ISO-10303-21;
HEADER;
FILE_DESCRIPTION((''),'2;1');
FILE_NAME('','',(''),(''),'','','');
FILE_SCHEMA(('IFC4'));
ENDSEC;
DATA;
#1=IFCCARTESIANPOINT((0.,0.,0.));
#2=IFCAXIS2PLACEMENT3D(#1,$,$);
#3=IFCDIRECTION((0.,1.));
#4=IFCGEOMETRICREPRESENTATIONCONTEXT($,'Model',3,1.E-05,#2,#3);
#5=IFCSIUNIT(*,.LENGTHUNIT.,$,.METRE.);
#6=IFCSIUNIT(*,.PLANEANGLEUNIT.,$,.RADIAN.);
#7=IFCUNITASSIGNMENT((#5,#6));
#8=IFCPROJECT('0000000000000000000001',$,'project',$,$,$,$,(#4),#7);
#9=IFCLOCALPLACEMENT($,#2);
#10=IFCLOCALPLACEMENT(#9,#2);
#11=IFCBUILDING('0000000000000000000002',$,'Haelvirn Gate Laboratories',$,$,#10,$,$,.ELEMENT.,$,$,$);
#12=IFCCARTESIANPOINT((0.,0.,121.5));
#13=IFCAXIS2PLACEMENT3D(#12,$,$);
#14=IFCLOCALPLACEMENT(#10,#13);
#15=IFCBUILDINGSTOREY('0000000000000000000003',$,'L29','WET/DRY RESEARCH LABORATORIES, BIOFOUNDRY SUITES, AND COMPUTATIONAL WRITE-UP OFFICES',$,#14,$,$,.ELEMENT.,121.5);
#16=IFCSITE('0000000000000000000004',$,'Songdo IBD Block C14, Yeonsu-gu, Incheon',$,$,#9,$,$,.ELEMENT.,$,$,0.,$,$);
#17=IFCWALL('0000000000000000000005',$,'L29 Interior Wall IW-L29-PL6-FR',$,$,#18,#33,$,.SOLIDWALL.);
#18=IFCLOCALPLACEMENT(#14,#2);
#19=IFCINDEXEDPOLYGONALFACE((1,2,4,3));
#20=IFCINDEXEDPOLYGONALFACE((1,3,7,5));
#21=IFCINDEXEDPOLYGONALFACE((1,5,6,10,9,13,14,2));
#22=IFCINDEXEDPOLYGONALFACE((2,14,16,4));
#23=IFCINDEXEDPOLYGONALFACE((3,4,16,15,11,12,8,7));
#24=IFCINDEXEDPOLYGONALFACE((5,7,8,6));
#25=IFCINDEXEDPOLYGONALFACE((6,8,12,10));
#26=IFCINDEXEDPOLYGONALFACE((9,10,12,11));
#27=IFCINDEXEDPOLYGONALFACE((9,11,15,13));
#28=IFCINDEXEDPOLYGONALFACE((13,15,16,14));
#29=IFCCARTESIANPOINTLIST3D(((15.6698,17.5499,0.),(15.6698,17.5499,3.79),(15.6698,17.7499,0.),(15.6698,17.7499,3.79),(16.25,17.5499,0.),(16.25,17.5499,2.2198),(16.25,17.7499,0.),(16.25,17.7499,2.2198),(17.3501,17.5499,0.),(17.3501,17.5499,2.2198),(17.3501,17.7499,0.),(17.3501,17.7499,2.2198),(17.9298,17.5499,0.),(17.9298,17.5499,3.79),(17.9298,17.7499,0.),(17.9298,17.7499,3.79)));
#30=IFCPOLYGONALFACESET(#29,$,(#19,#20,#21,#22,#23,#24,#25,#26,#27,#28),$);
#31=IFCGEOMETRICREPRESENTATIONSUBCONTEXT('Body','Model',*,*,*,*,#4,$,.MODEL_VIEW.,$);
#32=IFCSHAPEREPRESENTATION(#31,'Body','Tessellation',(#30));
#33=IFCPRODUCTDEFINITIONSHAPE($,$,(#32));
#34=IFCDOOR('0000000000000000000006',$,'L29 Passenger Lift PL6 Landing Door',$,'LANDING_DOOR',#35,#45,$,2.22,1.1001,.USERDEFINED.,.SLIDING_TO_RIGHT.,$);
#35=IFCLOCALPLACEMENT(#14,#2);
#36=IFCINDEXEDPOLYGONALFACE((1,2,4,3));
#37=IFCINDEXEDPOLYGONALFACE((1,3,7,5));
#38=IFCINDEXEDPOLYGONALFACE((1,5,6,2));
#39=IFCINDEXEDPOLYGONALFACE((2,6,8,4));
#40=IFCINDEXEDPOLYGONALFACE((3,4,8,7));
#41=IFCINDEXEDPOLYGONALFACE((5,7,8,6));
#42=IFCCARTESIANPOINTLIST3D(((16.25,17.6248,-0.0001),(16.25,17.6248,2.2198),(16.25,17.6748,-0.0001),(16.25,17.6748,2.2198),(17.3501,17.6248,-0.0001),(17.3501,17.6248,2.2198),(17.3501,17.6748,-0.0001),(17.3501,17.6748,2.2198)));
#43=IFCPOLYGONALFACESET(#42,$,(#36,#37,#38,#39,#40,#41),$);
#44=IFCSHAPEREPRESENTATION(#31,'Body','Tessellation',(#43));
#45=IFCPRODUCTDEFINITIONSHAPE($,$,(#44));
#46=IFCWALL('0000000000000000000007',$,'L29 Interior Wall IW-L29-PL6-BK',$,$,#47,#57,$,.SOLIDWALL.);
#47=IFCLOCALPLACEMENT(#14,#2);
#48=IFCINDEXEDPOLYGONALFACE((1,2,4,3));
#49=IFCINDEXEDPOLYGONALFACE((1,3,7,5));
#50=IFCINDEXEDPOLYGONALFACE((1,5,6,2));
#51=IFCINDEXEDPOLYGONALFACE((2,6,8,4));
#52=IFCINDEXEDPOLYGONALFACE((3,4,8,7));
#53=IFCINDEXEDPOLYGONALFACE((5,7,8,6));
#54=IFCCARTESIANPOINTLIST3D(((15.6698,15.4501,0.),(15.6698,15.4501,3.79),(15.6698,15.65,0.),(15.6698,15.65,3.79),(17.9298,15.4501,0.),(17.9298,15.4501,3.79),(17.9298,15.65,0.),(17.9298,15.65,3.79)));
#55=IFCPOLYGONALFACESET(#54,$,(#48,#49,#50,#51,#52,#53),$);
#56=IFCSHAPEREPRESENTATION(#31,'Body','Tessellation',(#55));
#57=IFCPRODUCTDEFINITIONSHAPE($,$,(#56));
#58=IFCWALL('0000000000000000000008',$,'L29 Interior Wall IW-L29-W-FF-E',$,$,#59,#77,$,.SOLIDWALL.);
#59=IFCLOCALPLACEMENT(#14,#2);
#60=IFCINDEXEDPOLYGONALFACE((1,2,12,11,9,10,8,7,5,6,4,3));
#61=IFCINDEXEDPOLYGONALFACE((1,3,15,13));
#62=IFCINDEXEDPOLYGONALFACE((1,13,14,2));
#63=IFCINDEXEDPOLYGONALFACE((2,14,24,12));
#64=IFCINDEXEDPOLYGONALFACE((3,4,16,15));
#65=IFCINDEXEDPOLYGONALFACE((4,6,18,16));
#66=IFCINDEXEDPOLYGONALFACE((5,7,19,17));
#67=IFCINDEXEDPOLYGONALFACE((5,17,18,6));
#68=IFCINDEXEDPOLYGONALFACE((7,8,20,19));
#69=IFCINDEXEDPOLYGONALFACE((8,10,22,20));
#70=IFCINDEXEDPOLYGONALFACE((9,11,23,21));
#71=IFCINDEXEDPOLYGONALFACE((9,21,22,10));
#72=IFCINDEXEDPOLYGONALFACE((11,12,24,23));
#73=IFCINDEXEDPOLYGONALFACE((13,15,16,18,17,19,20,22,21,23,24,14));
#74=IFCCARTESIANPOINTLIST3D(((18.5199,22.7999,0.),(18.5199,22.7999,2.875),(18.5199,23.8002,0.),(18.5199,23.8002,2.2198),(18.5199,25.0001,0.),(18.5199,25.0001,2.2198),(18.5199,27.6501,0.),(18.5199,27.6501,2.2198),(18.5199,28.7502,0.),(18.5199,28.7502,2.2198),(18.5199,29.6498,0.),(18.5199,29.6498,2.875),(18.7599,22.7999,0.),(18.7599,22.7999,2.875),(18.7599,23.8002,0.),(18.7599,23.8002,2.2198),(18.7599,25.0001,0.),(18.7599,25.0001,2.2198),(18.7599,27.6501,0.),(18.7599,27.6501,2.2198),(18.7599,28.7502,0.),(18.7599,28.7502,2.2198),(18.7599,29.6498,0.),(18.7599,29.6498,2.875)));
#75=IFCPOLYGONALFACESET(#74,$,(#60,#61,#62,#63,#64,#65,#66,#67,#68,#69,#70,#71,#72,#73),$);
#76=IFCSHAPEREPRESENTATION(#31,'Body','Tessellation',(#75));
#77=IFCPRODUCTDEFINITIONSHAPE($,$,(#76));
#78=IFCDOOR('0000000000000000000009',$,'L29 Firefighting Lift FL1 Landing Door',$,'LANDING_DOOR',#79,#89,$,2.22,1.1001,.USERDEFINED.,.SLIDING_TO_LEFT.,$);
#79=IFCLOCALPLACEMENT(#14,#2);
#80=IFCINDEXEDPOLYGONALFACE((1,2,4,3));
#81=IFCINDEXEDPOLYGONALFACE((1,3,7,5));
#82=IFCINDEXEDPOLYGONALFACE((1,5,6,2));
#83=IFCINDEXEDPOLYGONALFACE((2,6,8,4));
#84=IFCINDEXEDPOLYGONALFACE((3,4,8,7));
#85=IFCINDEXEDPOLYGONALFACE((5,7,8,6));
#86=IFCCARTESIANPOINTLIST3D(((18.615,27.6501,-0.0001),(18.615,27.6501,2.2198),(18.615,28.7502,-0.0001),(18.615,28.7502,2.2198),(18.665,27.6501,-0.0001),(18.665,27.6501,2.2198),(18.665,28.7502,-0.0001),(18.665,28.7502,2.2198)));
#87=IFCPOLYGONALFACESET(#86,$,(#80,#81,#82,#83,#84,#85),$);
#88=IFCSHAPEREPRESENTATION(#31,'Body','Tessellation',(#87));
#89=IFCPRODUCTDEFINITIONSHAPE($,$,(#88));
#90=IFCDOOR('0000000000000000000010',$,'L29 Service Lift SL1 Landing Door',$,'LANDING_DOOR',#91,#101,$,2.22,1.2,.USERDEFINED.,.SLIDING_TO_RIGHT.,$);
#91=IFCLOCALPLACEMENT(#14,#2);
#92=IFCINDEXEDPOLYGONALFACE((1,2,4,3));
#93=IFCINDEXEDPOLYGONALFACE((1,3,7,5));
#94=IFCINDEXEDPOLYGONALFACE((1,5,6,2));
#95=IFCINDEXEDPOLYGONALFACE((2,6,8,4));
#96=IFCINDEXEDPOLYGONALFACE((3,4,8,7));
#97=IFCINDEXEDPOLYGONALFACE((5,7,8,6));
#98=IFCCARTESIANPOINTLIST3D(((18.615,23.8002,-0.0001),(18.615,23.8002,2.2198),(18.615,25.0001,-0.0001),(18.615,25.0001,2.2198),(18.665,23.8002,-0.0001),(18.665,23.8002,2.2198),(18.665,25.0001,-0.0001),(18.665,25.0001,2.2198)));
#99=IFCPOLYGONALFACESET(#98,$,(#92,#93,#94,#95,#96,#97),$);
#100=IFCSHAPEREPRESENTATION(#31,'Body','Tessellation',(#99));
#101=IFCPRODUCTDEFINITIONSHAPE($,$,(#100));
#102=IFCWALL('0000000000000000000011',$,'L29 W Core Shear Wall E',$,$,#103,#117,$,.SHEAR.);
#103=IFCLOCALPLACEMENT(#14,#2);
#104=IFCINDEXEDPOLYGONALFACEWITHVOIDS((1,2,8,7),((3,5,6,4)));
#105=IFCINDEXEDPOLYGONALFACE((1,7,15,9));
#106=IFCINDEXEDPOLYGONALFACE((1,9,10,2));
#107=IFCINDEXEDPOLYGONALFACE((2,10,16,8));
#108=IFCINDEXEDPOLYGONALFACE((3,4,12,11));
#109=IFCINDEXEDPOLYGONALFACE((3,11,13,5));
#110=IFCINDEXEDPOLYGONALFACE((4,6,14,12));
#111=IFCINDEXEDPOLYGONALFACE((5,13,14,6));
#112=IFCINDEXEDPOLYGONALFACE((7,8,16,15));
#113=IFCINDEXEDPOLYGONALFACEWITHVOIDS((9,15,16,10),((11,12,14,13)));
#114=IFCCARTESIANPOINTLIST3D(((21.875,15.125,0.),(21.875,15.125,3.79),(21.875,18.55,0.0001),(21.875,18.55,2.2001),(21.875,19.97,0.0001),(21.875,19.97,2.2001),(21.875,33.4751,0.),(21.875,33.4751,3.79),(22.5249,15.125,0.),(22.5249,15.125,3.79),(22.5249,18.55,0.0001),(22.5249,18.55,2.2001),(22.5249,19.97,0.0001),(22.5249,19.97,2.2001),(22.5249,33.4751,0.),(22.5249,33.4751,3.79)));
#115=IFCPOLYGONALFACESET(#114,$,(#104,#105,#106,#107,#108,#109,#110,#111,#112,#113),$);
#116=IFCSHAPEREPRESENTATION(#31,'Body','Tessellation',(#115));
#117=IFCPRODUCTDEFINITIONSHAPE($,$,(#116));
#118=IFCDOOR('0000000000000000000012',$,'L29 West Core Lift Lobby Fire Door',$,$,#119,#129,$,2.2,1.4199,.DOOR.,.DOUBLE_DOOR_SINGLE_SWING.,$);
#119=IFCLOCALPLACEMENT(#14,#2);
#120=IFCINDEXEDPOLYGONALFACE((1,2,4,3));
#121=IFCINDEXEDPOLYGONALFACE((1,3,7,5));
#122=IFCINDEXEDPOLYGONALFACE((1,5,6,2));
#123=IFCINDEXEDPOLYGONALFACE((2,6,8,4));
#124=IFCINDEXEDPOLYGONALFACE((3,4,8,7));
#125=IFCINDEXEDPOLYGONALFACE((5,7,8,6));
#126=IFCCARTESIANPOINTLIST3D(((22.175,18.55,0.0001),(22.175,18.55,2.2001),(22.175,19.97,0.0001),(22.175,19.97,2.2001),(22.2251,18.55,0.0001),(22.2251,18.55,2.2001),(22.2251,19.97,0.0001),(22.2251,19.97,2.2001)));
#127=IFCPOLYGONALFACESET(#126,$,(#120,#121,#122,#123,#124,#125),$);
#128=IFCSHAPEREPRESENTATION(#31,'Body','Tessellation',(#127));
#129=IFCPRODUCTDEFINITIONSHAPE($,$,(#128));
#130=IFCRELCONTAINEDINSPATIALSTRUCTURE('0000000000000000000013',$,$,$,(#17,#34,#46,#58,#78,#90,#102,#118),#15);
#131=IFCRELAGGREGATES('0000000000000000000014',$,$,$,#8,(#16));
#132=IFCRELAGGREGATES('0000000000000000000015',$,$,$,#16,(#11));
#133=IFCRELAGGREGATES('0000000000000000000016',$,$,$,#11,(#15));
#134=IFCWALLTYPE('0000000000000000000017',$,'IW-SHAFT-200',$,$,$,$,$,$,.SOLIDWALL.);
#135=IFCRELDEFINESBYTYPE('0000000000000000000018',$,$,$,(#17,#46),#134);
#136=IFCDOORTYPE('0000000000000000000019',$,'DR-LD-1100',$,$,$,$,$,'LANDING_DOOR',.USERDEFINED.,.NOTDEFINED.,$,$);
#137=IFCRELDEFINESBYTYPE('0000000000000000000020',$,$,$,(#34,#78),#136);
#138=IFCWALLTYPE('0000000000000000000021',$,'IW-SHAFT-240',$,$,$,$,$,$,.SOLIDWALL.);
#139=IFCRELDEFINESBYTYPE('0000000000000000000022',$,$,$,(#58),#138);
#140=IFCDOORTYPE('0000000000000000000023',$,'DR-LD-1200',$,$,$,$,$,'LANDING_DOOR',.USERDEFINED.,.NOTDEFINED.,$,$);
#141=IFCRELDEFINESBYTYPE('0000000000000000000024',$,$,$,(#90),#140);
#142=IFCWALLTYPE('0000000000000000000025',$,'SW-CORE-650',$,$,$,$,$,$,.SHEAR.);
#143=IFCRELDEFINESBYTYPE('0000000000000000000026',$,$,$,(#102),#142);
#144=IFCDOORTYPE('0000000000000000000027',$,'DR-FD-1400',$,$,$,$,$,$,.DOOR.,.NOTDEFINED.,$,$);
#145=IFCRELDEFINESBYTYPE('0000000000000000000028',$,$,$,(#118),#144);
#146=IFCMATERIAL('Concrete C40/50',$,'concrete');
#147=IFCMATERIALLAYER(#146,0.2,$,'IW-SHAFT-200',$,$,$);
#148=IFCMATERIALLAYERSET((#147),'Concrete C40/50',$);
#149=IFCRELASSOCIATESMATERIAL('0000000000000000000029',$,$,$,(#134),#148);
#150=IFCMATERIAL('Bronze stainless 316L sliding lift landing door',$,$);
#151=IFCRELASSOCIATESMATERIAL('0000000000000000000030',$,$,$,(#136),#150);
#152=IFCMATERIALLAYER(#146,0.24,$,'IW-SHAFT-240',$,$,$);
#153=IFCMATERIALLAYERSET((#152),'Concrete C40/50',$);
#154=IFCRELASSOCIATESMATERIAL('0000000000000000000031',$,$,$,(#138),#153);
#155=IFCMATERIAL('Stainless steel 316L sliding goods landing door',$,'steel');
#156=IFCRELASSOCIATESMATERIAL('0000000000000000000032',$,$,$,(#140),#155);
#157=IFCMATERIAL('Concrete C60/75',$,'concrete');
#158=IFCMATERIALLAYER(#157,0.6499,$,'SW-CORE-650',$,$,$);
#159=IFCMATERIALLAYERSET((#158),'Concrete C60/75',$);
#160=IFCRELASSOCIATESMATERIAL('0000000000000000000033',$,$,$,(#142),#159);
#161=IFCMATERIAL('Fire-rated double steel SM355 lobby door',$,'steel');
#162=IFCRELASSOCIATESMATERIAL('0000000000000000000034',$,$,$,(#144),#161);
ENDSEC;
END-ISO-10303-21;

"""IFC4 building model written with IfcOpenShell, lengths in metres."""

from ifc_helpers import new_model, si_unit, direction, frame, frame_2d, origin, place, context, subcontext, project, spatial, rectangle, extrude, source, transform, mapped, material, layer, layer_set, type_object, type_shapes, element, fill, save


model = new_model("IFC4")

# Units and contexts
model_context = context("Model", 3, precision=1e-05, world=origin(), true_north=direction((0.0, 1.0)))
body_context = subcontext(model_context, "Body", "Model", "MODEL_VIEW")
ifc_project = project(units=[si_unit("LENGTHUNIT", "METRE"), si_unit("PLANEANGLEUNIT", "RADIAN")], contexts=[model_context])

# Site, building, storey
site_placement = place(None, origin())
site = spatial("IfcSite", under=ifc_project, at=site_placement, Name="Songdo IBD Block C14, Yeonsu-gu, Incheon", CompositionType="ELEMENT", RefElevation=0.0)
building_placement = place(site_placement, origin())
building = spatial("IfcBuilding", under=site, at=building_placement, Name="Haelvirn Gate Laboratories", CompositionType="ELEMENT")
storey_placement = place(building_placement, frame((0.0, 0.0, 121.5)))
storey = spatial("IfcBuildingStorey", under=building, at=storey_placement, Name="L29", Description="WET/DRY RESEARCH LABORATORIES, BIOFOUNDRY SUITES, AND COMPUTATIONAL WRITE-UP OFFICES", CompositionType="ELEMENT", Elevation=121.5)

# Shared definitions
ifc_material_1 = material(Name="Concrete C60/75", Category="concrete")

# Shared definitions
ifc_material_2 = material(Name="Concrete C40/50", Category="concrete")

# Wall, opening, door
ifc_layer_1 = layer(ifc_material_2, 0.2, Name="IW-SHAFT-200")
ifc_layer_set_1 = layer_set([ifc_layer_1], Name="Concrete C40/50")
wall_type_1 = type_object("IfcWallType", Name="IW-SHAFT-200", PredefinedType="SOLIDWALL", material=ifc_layer_set_1)
wall_1_placement = place(storey_placement, frame((15.6699, 17.6499, 0.0), z_axis=(0.0, 0.0, 1.0), x_axis=(1.0, 0.0, 0.0)))
wall_1 = element("IfcWall", 1, at=wall_1_placement, inside=storey, type_object=wall_type_1, Name="L29 Interior Wall IW-L29-PL6-FR", PredefinedType="SOLIDWALL", context=body_context, shape_type="SweptSolid", body=[
    extrude(rectangle(XDim=2.26, YDim=0.2, at=frame_2d((1.1299, 0.0))), origin(), (0.0, 0.0, 1.0), 3.79),
])
opening_1_placement = place(wall_1_placement, frame((0.5801, 0.0, 0.0)))
opening_1 = element("IfcOpeningElement", 2, at=opening_1_placement, cuts=wall_1, PredefinedType="OPENING", context=body_context, shape_type="SweptSolid", body=[
    extrude(rectangle(XDim=1.1001, YDim=2.22, at=frame_2d((0.55, 1.1099))), frame((0.0, 0.1099, 0.0), z_axis=(0.0, -1.0, 0.0), x_axis=(1.0, 0.0, 0.0)), (0.0, 0.0, 1.0), 0.22),
])
ifc_material_3 = material(Name="Bronze stainless 316L sliding lift landing door")
door_type_1 = type_object("IfcDoorType", Name="DR-LD-1100", ElementType="LANDING_DOOR", OperationType="NOTDEFINED", PredefinedType="USERDEFINED", material=ifc_material_3)
shared_shape_1 = source(origin(), body_context, "Body", "SweptSolid", [
    extrude(rectangle(XDim=1.1001, YDim=2.22, at=frame_2d((0.55, 1.1099))), frame((0.0, 0.0249, 0.0), z_axis=(0.0, -1.0, 0.0), x_axis=(1.0, 0.0, 0.0)), (0.0, 0.0, 1.0), 0.05),
])
type_shapes(door_type_1, [shared_shape_1])
door_1_placement = place(opening_1_placement, origin())
door_1 = element("IfcDoor", 3, at=door_1_placement, inside=storey, type_object=door_type_1, Name="L29 Passenger Lift PL6 Landing Door", ObjectType="LANDING_DOOR", OperationType="SLIDING_TO_RIGHT", OverallHeight=2.22, OverallWidth=1.1001, PredefinedType="USERDEFINED", context=body_context, shape_type="MappedRepresentation", body=[
    mapped(shared_shape_1, transform((0.0, 0.0, 0.0), scale=1.0)),
])
fill(opening_1, door_1)

# Wall
wall_2_placement = place(storey_placement, frame((15.6699, 15.55, 0.0), z_axis=(0.0, 0.0, 1.0), x_axis=(1.0, 0.0, 0.0)))
element("IfcWall", 4, at=wall_2_placement, inside=storey, type_object=wall_type_1, Name="L29 Interior Wall IW-L29-PL6-BK", PredefinedType="SOLIDWALL", context=body_context, shape_type="SweptSolid", body=[
    extrude(rectangle(XDim=2.26, YDim=0.2, at=frame_2d((1.1299, 0.0))), origin(), (0.0, 0.0, 1.0), 3.79),
])

# Wall, openings, doors
ifc_layer_2 = layer(ifc_material_2, 0.24, Name="IW-SHAFT-240")
ifc_layer_set_2 = layer_set([ifc_layer_2], Name="Concrete C40/50")
wall_type_2 = type_object("IfcWallType", Name="IW-SHAFT-240", PredefinedType="SOLIDWALL", material=ifc_layer_set_2)
wall_3_placement = place(storey_placement, frame((18.6399, 22.8, 0.0), z_axis=(0.0, 0.0, 1.0), x_axis=(0.0, 1.0, 0.0)))
wall_3 = element("IfcWall", 5, at=wall_3_placement, inside=storey, type_object=wall_type_2, Name="L29 Interior Wall IW-L29-W-FF-E", PredefinedType="SOLIDWALL", context=body_context, shape_type="SweptSolid", body=[
    extrude(rectangle(XDim=6.8499, YDim=0.24, at=frame_2d((3.4248, 0.0))), origin(), (0.0, 0.0, 1.0), 2.875),
])
opening_2_placement = place(wall_3_placement, frame((4.8501, 0.0, 0.0)))
opening_2 = element("IfcOpeningElement", 6, at=opening_2_placement, cuts=wall_3, PredefinedType="OPENING", context=body_context, shape_type="SweptSolid", body=[
    extrude(rectangle(XDim=1.1001, YDim=2.22, at=frame_2d((0.55, 1.1099))), frame((0.0, 0.1299, 0.0), z_axis=(0.0, -1.0, 0.0), x_axis=(1.0, 0.0, 0.0)), (0.0, 0.0, 1.0), 0.26),
])
opening_3_placement = place(wall_3_placement, frame((1.0, 0.0, 0.0)))
opening_3 = element("IfcOpeningElement", 7, at=opening_3_placement, cuts=wall_3, PredefinedType="OPENING", context=body_context, shape_type="SweptSolid", body=[
    extrude(rectangle(XDim=1.2, YDim=2.22, at=frame_2d((0.6001, 1.1099))), frame((0.0, 0.1299, 0.0), z_axis=(0.0, -1.0, 0.0), x_axis=(1.0, 0.0, 0.0)), (0.0, 0.0, 1.0), 0.26),
])
door_2_placement = place(opening_2_placement, origin())
door_2 = element("IfcDoor", 8, at=door_2_placement, inside=storey, type_object=door_type_1, Name="L29 Firefighting Lift FL1 Landing Door", ObjectType="LANDING_DOOR", OperationType="SLIDING_TO_LEFT", OverallHeight=2.22, OverallWidth=1.1001, PredefinedType="USERDEFINED", context=body_context, shape_type="MappedRepresentation", body=[
    mapped(shared_shape_1, transform((0.0, 0.0, 0.0), scale=1.0)),
])
fill(opening_2, door_2)
ifc_material_4 = material(Name="Stainless steel 316L sliding goods landing door", Category="steel")
door_type_2 = type_object("IfcDoorType", Name="DR-LD-1200", ElementType="LANDING_DOOR", OperationType="NOTDEFINED", PredefinedType="USERDEFINED", material=ifc_material_4)
shared_shape_2 = source(origin(), body_context, "Body", "SweptSolid", [
    extrude(rectangle(XDim=1.2, YDim=2.22, at=frame_2d((0.6001, 1.1099))), frame((0.0, 0.0249, 0.0), z_axis=(0.0, -1.0, 0.0), x_axis=(1.0, 0.0, 0.0)), (0.0, 0.0, 1.0), 0.05),
])
type_shapes(door_type_2, [shared_shape_2])
door_3_placement = place(opening_3_placement, origin())
door_3 = element("IfcDoor", 9, at=door_3_placement, inside=storey, type_object=door_type_2, Name="L29 Service Lift SL1 Landing Door", ObjectType="LANDING_DOOR", OperationType="SLIDING_TO_RIGHT", OverallHeight=2.22, OverallWidth=1.2, PredefinedType="USERDEFINED", context=body_context, shape_type="MappedRepresentation", body=[
    mapped(shared_shape_2, transform((0.0, 0.0, 0.0), scale=1.0)),
])
fill(opening_3, door_3)

# Wall, opening, door
ifc_layer_3 = layer(ifc_material_1, 0.6499, Name="SW-CORE-650")
ifc_layer_set_3 = layer_set([ifc_layer_3], Name="Concrete C60/75")
wall_type_3 = type_object("IfcWallType", Name="SW-CORE-650", PredefinedType="SHEAR", material=ifc_layer_set_3)
wall_4_placement = place(storey_placement, frame((22.2, 15.125, 0.0), z_axis=(0.0, 0.0, 1.0), x_axis=(0.0, 1.0, 0.0)))
wall_4 = element("IfcWall", 10, at=wall_4_placement, inside=storey, type_object=wall_type_3, Name="L29 W Core Shear Wall E", PredefinedType="SHEAR", context=body_context, shape_type="SweptSolid", body=[
    extrude(rectangle(XDim=18.3501, YDim=0.6499, at=frame_2d((9.175, 0.0))), origin(), (0.0, 0.0, 1.0), 3.79),
])
opening_4_placement = place(wall_4_placement, frame((3.425, 0.0, 0.0)))
opening_4 = element("IfcOpeningElement", 11, at=opening_4_placement, cuts=wall_4, PredefinedType="OPENING", context=body_context, shape_type="SweptSolid", body=[
    extrude(rectangle(XDim=1.4199, YDim=2.2, at=frame_2d((0.71, 1.1001))), frame((0.0, 0.335, 0.0), z_axis=(0.0, -1.0, 0.0), x_axis=(1.0, 0.0, 0.0)), (0.0, 0.0, 1.0), 0.6699),
])
ifc_material_5 = material(Name="Fire-rated double steel SM355 lobby door", Category="steel")
door_type_3 = type_object("IfcDoorType", Name="DR-FD-1400", OperationType="NOTDEFINED", PredefinedType="DOOR", material=ifc_material_5)
shared_shape_3 = source(origin(), body_context, "Body", "SweptSolid", [
    extrude(rectangle(XDim=1.4199, YDim=2.2, at=frame_2d((0.71, 1.1001))), frame((0.0, 0.0249, 0.0), z_axis=(0.0, -1.0, 0.0), x_axis=(1.0, 0.0, 0.0)), (0.0, 0.0, 1.0), 0.05),
])
type_shapes(door_type_3, [shared_shape_3])
door_4_placement = place(opening_4_placement, origin())
door_4 = element("IfcDoor", 12, at=door_4_placement, inside=storey, type_object=door_type_3, Name="L29 West Core Lift Lobby Fire Door", OperationType="DOUBLE_DOOR_SINGLE_SWING", OverallHeight=2.2, OverallWidth=1.4199, PredefinedType="DOOR", context=body_context, shape_type="MappedRepresentation", body=[
    mapped(shared_shape_3, transform((0.0, 0.0, 0.0), scale=1.0)),
])
fill(opening_4, door_4)

save(model, "model.ifc")
